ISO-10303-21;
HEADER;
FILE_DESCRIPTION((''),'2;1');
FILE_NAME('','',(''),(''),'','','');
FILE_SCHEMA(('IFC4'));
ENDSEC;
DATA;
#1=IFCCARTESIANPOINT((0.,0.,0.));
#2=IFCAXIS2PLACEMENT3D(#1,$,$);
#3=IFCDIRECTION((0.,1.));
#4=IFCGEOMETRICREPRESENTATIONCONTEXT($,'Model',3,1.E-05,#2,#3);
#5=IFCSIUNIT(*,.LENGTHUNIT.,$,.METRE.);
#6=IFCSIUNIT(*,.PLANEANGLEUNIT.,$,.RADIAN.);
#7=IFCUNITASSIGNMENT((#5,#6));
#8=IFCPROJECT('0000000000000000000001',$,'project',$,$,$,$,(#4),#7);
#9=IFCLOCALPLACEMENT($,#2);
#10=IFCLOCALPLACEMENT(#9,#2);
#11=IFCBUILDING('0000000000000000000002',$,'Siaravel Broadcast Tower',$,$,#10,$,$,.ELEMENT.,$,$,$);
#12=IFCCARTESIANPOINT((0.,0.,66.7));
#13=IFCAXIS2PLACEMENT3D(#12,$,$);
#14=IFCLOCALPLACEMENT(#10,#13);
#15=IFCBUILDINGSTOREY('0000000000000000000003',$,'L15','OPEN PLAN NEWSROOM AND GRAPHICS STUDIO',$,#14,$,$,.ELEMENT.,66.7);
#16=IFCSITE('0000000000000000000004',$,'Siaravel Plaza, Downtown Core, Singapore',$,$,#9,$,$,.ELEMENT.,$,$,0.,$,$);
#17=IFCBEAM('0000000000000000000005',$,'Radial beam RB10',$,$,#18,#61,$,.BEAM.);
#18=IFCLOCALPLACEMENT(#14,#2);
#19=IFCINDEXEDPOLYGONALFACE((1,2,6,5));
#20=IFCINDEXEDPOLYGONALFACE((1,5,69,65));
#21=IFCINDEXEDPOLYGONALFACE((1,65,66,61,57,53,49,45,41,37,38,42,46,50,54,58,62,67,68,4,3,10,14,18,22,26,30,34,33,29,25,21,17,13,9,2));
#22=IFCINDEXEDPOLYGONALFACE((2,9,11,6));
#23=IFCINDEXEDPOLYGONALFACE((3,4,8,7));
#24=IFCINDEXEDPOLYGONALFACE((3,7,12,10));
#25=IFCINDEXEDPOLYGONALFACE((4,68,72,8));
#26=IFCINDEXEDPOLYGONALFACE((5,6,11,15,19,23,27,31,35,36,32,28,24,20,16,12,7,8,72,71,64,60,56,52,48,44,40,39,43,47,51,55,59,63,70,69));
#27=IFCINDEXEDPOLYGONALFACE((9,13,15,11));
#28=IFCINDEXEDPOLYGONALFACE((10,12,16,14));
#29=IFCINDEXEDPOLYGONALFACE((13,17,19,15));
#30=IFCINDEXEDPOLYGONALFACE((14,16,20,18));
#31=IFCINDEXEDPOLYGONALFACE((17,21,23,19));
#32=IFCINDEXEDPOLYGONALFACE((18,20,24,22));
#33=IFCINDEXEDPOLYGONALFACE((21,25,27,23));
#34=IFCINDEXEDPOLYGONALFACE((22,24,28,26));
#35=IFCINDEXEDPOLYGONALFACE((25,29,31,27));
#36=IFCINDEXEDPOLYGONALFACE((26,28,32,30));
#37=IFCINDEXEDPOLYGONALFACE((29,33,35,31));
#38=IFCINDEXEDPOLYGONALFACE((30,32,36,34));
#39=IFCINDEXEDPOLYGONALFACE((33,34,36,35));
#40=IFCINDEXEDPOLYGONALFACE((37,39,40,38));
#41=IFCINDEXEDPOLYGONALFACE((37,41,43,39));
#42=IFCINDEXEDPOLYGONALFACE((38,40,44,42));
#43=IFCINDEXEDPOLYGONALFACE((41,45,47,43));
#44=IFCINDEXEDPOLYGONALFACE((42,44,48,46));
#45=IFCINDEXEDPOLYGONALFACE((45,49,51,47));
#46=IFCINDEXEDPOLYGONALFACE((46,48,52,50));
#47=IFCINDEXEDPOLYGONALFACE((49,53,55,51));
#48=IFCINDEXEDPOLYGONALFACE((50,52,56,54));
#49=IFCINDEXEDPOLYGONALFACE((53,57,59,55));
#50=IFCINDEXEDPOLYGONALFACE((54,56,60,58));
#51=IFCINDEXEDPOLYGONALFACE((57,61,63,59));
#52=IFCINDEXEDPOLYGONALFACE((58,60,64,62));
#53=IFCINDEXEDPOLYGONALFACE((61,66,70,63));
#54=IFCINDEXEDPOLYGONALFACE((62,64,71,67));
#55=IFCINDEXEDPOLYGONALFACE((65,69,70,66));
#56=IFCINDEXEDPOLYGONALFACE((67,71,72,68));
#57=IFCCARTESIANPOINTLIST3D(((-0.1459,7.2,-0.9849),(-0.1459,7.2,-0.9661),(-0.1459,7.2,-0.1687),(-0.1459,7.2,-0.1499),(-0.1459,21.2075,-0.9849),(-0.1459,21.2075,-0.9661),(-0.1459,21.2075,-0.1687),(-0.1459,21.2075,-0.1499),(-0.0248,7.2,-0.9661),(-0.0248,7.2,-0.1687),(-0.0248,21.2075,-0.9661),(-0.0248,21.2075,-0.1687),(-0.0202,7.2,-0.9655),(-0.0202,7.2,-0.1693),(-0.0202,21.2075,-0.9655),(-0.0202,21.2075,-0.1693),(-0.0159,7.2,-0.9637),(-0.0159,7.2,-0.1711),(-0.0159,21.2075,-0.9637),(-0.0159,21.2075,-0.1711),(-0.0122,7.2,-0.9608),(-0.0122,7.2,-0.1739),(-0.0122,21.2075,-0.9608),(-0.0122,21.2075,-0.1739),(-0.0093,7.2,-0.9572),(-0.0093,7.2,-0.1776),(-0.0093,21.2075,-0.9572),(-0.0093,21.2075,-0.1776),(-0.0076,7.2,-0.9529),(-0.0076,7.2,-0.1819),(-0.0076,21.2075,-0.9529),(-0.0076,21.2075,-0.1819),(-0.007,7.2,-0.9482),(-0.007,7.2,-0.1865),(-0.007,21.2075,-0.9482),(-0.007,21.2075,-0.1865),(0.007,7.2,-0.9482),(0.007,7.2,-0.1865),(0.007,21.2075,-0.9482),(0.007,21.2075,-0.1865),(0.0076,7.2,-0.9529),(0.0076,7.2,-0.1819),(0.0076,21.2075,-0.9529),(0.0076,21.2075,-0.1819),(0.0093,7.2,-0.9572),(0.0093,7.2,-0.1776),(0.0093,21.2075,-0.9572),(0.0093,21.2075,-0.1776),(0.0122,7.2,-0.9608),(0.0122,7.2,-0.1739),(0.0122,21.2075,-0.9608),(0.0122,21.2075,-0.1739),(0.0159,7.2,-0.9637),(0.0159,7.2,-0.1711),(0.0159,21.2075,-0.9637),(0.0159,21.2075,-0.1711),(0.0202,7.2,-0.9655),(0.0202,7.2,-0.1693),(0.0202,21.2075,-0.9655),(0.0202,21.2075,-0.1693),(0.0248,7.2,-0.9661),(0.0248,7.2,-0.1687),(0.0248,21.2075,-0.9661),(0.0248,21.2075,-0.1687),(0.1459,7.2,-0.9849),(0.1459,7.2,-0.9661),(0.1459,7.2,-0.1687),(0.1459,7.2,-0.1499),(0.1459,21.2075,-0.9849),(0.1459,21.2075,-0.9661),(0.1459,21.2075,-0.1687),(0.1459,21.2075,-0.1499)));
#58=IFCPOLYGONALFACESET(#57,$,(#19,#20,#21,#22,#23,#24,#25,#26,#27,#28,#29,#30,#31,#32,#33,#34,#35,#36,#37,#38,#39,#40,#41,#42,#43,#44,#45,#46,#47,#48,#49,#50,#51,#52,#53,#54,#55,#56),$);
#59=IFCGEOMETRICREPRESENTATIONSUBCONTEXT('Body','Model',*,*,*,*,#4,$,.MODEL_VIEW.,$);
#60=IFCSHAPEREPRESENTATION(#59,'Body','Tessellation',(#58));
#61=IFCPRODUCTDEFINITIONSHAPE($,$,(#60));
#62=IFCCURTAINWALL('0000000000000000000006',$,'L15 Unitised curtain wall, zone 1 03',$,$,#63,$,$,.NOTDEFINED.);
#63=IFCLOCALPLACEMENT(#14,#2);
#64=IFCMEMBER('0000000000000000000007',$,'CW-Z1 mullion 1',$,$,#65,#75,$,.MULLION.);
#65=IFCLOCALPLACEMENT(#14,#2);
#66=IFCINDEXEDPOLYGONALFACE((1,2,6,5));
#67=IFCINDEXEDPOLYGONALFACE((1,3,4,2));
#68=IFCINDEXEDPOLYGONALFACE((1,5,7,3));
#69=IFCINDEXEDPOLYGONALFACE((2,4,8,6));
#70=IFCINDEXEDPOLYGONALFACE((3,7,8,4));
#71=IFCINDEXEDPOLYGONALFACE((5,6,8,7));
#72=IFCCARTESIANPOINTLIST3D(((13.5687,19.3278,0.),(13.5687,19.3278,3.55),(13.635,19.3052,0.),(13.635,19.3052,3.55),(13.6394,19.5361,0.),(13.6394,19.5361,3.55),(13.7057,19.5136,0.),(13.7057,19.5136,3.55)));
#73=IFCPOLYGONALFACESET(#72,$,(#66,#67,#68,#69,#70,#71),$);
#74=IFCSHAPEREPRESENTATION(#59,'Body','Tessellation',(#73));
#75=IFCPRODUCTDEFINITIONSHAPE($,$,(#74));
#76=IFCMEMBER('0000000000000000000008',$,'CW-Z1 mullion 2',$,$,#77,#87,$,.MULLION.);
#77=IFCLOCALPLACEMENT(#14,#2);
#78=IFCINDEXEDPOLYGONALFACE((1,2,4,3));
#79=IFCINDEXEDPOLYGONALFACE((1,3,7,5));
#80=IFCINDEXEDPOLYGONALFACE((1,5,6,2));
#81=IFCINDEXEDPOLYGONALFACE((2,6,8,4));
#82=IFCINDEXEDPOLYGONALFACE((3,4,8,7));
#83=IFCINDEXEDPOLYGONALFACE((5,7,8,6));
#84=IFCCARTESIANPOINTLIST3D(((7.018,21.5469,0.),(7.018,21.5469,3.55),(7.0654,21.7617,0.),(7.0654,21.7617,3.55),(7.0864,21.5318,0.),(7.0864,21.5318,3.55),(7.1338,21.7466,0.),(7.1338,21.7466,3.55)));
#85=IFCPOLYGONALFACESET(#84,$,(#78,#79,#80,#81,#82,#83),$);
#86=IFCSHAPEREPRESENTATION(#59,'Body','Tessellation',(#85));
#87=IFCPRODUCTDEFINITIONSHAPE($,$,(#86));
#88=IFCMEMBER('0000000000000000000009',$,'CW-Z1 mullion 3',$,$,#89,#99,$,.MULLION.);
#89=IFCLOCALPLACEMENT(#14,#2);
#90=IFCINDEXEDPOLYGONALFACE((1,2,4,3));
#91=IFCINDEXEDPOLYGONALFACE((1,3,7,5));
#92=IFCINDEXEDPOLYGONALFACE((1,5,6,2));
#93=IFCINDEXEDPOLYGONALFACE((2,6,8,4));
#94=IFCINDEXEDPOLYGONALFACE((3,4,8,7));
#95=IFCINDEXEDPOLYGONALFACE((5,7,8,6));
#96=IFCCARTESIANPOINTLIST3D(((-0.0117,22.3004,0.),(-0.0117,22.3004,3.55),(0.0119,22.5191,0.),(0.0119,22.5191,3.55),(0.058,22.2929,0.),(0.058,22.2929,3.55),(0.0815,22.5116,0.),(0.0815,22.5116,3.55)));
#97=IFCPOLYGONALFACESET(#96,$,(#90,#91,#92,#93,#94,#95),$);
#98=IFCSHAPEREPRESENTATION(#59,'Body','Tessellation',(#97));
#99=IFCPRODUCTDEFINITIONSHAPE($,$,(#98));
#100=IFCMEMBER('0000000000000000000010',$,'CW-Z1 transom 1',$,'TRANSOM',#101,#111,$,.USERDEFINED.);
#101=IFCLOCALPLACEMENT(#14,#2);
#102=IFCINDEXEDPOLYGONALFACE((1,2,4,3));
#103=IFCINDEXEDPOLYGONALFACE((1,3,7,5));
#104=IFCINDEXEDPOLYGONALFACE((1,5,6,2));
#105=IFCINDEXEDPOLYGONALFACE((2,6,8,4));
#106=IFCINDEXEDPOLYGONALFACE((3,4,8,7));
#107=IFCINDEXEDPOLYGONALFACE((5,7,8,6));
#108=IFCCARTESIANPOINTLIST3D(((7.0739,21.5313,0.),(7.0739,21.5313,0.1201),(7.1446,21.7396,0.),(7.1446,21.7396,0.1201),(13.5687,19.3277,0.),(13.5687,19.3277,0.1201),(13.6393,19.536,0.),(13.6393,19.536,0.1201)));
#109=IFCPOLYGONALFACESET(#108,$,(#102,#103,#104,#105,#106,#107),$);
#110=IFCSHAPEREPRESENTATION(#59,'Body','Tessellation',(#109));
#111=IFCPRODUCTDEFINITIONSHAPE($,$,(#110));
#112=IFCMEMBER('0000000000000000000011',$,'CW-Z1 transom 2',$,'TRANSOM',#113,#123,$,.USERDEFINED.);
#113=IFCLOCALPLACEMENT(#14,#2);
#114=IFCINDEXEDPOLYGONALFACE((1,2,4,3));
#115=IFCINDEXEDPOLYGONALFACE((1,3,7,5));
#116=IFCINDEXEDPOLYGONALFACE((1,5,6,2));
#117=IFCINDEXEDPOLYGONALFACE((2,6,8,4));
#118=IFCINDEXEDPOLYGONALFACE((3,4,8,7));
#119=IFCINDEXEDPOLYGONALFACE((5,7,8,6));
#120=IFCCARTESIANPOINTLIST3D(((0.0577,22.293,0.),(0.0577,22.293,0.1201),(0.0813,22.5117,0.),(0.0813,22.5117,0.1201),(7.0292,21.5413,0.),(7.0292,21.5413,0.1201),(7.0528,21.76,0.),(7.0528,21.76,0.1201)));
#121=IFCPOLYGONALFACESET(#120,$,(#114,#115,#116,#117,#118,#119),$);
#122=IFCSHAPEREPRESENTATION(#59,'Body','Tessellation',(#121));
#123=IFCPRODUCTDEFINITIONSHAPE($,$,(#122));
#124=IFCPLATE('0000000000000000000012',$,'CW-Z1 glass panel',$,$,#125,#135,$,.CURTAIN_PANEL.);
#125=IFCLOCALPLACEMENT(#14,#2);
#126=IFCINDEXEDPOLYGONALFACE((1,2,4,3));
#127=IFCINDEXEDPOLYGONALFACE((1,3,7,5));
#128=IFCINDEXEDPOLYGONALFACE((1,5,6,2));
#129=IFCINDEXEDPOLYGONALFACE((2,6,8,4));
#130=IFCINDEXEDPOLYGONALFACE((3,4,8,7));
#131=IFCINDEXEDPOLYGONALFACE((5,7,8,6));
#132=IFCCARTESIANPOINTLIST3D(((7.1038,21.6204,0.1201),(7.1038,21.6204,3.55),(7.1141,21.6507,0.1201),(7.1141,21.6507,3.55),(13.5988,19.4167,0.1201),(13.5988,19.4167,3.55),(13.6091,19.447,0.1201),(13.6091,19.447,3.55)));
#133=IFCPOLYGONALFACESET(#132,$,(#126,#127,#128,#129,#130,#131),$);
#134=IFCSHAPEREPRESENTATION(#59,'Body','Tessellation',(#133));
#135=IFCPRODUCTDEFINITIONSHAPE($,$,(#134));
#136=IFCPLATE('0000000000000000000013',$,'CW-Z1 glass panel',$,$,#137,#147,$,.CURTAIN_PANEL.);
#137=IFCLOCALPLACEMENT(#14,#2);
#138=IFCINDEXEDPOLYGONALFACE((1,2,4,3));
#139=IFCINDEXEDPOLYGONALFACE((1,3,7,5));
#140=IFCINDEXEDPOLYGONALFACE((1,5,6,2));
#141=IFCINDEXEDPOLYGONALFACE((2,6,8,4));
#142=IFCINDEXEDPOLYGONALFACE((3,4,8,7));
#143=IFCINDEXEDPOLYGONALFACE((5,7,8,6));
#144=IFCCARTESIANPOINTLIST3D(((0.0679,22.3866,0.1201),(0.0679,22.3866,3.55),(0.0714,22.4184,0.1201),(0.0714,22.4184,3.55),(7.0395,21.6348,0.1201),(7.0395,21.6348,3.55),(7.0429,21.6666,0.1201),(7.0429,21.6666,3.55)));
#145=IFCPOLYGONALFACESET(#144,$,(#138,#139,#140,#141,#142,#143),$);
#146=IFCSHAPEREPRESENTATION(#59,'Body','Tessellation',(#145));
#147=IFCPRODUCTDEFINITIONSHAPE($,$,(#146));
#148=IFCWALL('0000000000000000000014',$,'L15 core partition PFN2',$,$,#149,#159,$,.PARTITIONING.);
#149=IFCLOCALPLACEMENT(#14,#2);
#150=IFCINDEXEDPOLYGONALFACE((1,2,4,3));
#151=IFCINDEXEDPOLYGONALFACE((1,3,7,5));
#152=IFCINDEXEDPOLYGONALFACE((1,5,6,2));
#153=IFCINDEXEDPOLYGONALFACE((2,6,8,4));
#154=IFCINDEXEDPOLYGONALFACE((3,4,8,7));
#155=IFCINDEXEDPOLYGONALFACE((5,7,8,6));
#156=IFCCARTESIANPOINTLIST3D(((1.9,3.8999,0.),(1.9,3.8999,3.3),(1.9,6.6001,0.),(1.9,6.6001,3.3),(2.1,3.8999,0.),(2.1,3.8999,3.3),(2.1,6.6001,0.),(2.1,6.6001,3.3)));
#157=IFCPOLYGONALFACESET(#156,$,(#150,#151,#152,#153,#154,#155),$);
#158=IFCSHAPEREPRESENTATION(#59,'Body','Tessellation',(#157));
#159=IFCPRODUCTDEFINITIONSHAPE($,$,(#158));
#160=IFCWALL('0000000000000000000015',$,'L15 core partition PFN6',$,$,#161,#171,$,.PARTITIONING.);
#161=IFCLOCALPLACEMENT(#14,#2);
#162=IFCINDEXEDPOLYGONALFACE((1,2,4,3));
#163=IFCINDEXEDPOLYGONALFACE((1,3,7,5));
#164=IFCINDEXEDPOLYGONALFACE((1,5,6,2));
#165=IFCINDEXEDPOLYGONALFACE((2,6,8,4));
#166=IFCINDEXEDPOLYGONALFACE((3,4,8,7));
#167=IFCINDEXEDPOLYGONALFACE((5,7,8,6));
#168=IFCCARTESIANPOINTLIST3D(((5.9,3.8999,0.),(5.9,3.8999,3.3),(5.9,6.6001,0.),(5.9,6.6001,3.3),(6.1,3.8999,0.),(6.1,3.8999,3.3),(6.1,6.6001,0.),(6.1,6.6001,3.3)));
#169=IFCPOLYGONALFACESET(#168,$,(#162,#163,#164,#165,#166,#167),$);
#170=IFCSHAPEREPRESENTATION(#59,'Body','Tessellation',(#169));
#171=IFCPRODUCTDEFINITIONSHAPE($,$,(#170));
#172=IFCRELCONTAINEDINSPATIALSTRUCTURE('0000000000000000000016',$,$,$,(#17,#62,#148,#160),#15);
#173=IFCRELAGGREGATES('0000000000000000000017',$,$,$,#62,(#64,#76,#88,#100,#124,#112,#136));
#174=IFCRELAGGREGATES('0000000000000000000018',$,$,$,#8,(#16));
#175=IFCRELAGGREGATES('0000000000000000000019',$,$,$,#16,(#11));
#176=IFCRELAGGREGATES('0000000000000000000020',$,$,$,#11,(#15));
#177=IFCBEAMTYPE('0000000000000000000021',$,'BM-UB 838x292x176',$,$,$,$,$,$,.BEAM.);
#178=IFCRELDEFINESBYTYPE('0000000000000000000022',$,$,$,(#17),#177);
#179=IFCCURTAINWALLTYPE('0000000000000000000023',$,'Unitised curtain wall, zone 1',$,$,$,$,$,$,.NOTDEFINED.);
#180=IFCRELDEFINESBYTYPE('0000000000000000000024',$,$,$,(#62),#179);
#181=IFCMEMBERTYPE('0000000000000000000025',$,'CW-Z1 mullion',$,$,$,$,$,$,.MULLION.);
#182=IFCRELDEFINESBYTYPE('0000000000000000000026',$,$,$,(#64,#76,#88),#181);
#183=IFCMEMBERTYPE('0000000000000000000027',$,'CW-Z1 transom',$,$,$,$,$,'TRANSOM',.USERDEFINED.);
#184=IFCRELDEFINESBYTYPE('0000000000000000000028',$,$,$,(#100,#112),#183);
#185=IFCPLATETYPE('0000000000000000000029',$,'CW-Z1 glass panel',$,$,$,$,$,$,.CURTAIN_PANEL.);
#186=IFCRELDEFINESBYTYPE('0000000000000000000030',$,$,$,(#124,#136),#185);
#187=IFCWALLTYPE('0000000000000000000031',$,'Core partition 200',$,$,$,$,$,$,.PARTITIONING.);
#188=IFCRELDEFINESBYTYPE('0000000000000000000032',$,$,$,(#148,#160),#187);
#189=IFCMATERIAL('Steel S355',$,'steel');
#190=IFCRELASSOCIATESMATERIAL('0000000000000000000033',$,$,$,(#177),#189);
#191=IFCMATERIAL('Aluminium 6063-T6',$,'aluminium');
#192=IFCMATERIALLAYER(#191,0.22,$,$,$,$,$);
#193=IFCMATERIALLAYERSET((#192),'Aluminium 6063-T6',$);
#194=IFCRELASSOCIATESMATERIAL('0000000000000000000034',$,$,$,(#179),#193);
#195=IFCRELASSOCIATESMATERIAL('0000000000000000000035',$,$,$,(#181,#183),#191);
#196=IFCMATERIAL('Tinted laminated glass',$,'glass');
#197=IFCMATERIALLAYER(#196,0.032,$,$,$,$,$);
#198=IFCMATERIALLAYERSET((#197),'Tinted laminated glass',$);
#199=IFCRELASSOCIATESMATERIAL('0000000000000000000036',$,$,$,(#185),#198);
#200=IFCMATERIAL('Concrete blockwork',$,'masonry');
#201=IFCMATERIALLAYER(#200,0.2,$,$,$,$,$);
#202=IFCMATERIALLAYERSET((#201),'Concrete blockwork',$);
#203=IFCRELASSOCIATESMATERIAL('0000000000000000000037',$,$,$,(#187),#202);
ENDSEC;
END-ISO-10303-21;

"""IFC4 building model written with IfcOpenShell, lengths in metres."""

from ifc_helpers import new_model, si_unit, direction, frame, frame_2d, origin, origin_2d, place, context, subcontext, project, spatial, rectangle, i_section, extrude, material, layer, layer_set, material_profile, profile_set, type_object, element, aggregate, save


model = new_model("IFC4")

# Units and contexts
model_context = context("Model", 3, precision=1e-05, world=origin(), true_north=direction((0.0, 1.0)))
body_context = subcontext(model_context, "Body", "Model", "MODEL_VIEW")
ifc_project = project(units=[si_unit("LENGTHUNIT", "METRE"), si_unit("PLANEANGLEUNIT", "RADIAN")], contexts=[model_context])

# Site, building, storey
site_placement = place(None, origin())
site = spatial("IfcSite", under=ifc_project, at=site_placement, Name="Siaravel Plaza, Downtown Core, Singapore", CompositionType="ELEMENT", RefElevation=0.0)
building_placement = place(site_placement, origin())
building = spatial("IfcBuilding", under=site, at=building_placement, Name="Siaravel Broadcast Tower", CompositionType="ELEMENT")
storey_placement = place(building_placement, frame((0.0, 0.0, 66.7)))
storey = spatial("IfcBuildingStorey", under=building, at=storey_placement, Name="L15", Description="OPEN PLAN NEWSROOM AND GRAPHICS STUDIO", CompositionType="ELEMENT", Elevation=66.7)

# Beam
ifc_material_1 = material(Name="Steel S355", Category="steel")
ifc_material_profile_1 = material_profile(ifc_material_1, i_section(OverallWidth=0.2917, OverallDepth=0.835, WebThickness=0.0139, FlangeThickness=0.0188, FilletRadius=0.0178, at=origin_2d()))
ifc_profile_set_1 = profile_set([ifc_material_profile_1], Name="Steel S355")
beam_type = type_object("IfcBeamType", Name="BM-UB 838x292x176", PredefinedType="BEAM", material=ifc_profile_set_1)
beam_1_placement = place(storey_placement, frame((0.0, 21.2075, -0.5674), z_axis=(0.0, -1.0, 0.0), x_axis=(1.0, 0.0, 0.0)))
element("IfcBeam", 1, at=beam_1_placement, inside=storey, type_object=beam_type, Name="Radial beam RB10", PredefinedType="BEAM", context=body_context, shape_type="SweptSolid", body=[
    extrude(i_section(OverallWidth=0.2917, OverallDepth=0.835, WebThickness=0.0139, FlangeThickness=0.0188, FilletRadius=0.0178, at=origin_2d()), origin(), (0.0, 0.0, 1.0), 14.0076),
])

# Curtain wall, members, plates
ifc_material_2 = material(Name="Aluminium 6063-T6", Category="aluminium")
ifc_layer_1 = layer(ifc_material_2, 0.22)
ifc_layer_set_1 = layer_set([ifc_layer_1], Name="Aluminium 6063-T6")
curtain_wall_type = type_object("IfcCurtainWallType", Name="Unitised curtain wall, zone 1", PredefinedType="NOTDEFINED", material=ifc_layer_set_1)
curtain_wall_placement = place(storey_placement, origin())
curtain_wall = element("IfcCurtainWall", 2, at=curtain_wall_placement, inside=storey, type_object=curtain_wall_type, Name="L15 Unitised curtain wall, zone 1 03", PredefinedType="NOTDEFINED")
ifc_material_profile_2 = material_profile(ifc_material_2, rectangle(XDim=0.22, YDim=0.0701, at=origin_2d()))
ifc_profile_set_2 = profile_set([ifc_material_profile_2], Name="Aluminium 6063-T6")
member_type_1 = type_object("IfcMemberType", Name="CW-Z1 mullion", PredefinedType="MULLION", material=ifc_profile_set_2)
member_1_placement = place(storey_placement, frame((13.6372, 19.4207, 0.0), z_axis=(0.0, 0.0, 1.0), x_axis=(-0.3213, -0.946978, 0.0)))
member_1 = element("IfcMember", 3, at=member_1_placement, type_object=member_type_1, Name="CW-Z1 mullion 1", PredefinedType="MULLION", context=body_context, shape_type="SweptSolid", body=[
    extrude(rectangle(XDim=0.22, YDim=0.0701, at=origin_2d()), origin(), (0.0, 0.0, 1.0), 3.55),
])
member_2_placement = place(storey_placement, frame((7.0759, 21.6467, 0.0), z_axis=(0.0, 0.0, 1.0), x_axis=(-0.215557, -0.976491, 0.0)))
member_2 = element("IfcMember", 4, at=member_2_placement, type_object=member_type_1, Name="CW-Z1 mullion 2", PredefinedType="MULLION", context=body_context, shape_type="SweptSolid", body=[
    extrude(rectangle(XDim=0.22, YDim=0.0701, at=origin_2d()), origin(), (0.0, 0.0, 1.0), 3.55),
])
member_3_placement = place(storey_placement, frame((0.0349, 22.406, 0.0), z_axis=(0.0, 0.0, 1.0), x_axis=(-0.107217, -0.994236, 0.0)))
member_3 = element("IfcMember", 5, at=member_3_placement, type_object=member_type_1, Name="CW-Z1 mullion 3", PredefinedType="MULLION", context=body_context, shape_type="SweptSolid", body=[
    extrude(rectangle(XDim=0.22, YDim=0.0701, at=origin_2d()), origin(), (0.0, 0.0, 1.0), 3.55),
])
ifc_material_profile_3 = material_profile(ifc_material_2, rectangle(XDim=0.22, YDim=0.1201, at=origin_2d()))
ifc_profile_set_3 = profile_set([ifc_material_profile_3], Name="Aluminium 6063-T6")
member_type_2 = type_object("IfcMemberType", Name="CW-Z1 transom", ElementType="TRANSOM", PredefinedType="USERDEFINED", material=ifc_profile_set_3)
member_4_placement = place(storey_placement, frame((13.604, 19.4319, 0.0601), z_axis=(-0.946979, 0.321296, 0.0), x_axis=(-0.321296, -0.946979, 0.0)))
member_4 = element("IfcMember", 6, at=member_4_placement, type_object=member_type_2, Name="CW-Z1 transom 1", ObjectType="TRANSOM", PredefinedType="USERDEFINED", context=body_context, shape_type="SweptSolid", body=[
    extrude(rectangle(XDim=0.22, YDim=0.1201, at=origin_2d()), origin(), (0.0, 0.0, 1.0), 6.8584),
])
member_5_placement = place(storey_placement, frame((7.041, 21.6506, 0.0601), z_axis=(-0.994237, 0.107206, 0.0), x_axis=(-0.107206, -0.994237, 0.0)))
member_5 = element("IfcMember", 7, at=member_5_placement, type_object=member_type_2, Name="CW-Z1 transom 2", ObjectType="TRANSOM", PredefinedType="USERDEFINED", context=body_context, shape_type="SweptSolid", body=[
    extrude(rectangle(XDim=0.22, YDim=0.1201, at=origin_2d()), origin(), (0.0, 0.0, 1.0), 7.012),
])
ifc_material_3 = material(Name="Tinted laminated glass", Category="glass")
ifc_layer_2 = layer(ifc_material_3, 0.032)
ifc_layer_set_2 = layer_set([ifc_layer_2], Name="Tinted laminated glass")
plate_type = type_object("IfcPlateType", Name="CW-Z1 glass panel", PredefinedType="CURTAIN_PANEL", material=ifc_layer_set_2)
plate_1_placement = place(storey_placement, frame((10.3564, 20.5337, 0.1201), z_axis=(0.0, 0.0, 1.0), x_axis=(-0.946978, 0.3213, 0.0)))
plate_1 = element("IfcPlate", 8, at=plate_1_placement, type_object=plate_type, Name="CW-Z1 glass panel", PredefinedType="CURTAIN_PANEL", context=body_context, shape_type="SweptSolid", body=[
    extrude(rectangle(XDim=6.8586, YDim=0.032, at=origin_2d()), origin(), (0.0, 0.0, 1.0), 3.4299),
])
plate_2_placement = place(storey_placement, frame((3.5554, 22.0266, 0.1201), z_axis=(0.0, 0.0, 1.0), x_axis=(-0.994236, 0.107217, 0.0)))
plate_2 = element("IfcPlate", 9, at=plate_2_placement, type_object=plate_type, Name="CW-Z1 glass panel", PredefinedType="CURTAIN_PANEL", context=body_context, shape_type="SweptSolid", body=[
    extrude(rectangle(XDim=7.012, YDim=0.032, at=origin_2d()), origin(), (0.0, 0.0, 1.0), 3.4299),
])
aggregate(curtain_wall, [member_1, member_2, member_3, member_4, plate_1, member_5, plate_2])

# Walls
ifc_material_4 = material(Name="Concrete blockwork", Category="masonry")
ifc_layer_3 = layer(ifc_material_4, 0.2)
ifc_layer_set_3 = layer_set([ifc_layer_3], Name="Concrete blockwork")
wall_type_1 = type_object("IfcWallType", Name="Core partition 200", PredefinedType="PARTITIONING", material=ifc_layer_set_3)
for number, where, z_axis, x_axis, name in (
    (10, (2.0, 3.8999, 0.0), (0.0, 0.0, 1.0), (0.0, 1.0, 0.0), "L15 core partition PFN2"),
    (11, (6.0, 3.8999, 0.0), (0.0, 0.0, 1.0), (0.0, 1.0, 0.0), "L15 core partition PFN6"),
):
    element("IfcWall", number, at=place(storey_placement, frame(where, z_axis=z_axis, x_axis=x_axis)), inside=storey, type_object=wall_type_1, Name=name, PredefinedType="PARTITIONING", context=body_context, shape_type="SweptSolid", body=[
        extrude(rectangle(XDim=2.7002, YDim=0.2, at=frame_2d((1.3501, 0.0))), origin(), (0.0, 0.0, 1.0), 3.3),
    ])

save(model, "model.ifc")
